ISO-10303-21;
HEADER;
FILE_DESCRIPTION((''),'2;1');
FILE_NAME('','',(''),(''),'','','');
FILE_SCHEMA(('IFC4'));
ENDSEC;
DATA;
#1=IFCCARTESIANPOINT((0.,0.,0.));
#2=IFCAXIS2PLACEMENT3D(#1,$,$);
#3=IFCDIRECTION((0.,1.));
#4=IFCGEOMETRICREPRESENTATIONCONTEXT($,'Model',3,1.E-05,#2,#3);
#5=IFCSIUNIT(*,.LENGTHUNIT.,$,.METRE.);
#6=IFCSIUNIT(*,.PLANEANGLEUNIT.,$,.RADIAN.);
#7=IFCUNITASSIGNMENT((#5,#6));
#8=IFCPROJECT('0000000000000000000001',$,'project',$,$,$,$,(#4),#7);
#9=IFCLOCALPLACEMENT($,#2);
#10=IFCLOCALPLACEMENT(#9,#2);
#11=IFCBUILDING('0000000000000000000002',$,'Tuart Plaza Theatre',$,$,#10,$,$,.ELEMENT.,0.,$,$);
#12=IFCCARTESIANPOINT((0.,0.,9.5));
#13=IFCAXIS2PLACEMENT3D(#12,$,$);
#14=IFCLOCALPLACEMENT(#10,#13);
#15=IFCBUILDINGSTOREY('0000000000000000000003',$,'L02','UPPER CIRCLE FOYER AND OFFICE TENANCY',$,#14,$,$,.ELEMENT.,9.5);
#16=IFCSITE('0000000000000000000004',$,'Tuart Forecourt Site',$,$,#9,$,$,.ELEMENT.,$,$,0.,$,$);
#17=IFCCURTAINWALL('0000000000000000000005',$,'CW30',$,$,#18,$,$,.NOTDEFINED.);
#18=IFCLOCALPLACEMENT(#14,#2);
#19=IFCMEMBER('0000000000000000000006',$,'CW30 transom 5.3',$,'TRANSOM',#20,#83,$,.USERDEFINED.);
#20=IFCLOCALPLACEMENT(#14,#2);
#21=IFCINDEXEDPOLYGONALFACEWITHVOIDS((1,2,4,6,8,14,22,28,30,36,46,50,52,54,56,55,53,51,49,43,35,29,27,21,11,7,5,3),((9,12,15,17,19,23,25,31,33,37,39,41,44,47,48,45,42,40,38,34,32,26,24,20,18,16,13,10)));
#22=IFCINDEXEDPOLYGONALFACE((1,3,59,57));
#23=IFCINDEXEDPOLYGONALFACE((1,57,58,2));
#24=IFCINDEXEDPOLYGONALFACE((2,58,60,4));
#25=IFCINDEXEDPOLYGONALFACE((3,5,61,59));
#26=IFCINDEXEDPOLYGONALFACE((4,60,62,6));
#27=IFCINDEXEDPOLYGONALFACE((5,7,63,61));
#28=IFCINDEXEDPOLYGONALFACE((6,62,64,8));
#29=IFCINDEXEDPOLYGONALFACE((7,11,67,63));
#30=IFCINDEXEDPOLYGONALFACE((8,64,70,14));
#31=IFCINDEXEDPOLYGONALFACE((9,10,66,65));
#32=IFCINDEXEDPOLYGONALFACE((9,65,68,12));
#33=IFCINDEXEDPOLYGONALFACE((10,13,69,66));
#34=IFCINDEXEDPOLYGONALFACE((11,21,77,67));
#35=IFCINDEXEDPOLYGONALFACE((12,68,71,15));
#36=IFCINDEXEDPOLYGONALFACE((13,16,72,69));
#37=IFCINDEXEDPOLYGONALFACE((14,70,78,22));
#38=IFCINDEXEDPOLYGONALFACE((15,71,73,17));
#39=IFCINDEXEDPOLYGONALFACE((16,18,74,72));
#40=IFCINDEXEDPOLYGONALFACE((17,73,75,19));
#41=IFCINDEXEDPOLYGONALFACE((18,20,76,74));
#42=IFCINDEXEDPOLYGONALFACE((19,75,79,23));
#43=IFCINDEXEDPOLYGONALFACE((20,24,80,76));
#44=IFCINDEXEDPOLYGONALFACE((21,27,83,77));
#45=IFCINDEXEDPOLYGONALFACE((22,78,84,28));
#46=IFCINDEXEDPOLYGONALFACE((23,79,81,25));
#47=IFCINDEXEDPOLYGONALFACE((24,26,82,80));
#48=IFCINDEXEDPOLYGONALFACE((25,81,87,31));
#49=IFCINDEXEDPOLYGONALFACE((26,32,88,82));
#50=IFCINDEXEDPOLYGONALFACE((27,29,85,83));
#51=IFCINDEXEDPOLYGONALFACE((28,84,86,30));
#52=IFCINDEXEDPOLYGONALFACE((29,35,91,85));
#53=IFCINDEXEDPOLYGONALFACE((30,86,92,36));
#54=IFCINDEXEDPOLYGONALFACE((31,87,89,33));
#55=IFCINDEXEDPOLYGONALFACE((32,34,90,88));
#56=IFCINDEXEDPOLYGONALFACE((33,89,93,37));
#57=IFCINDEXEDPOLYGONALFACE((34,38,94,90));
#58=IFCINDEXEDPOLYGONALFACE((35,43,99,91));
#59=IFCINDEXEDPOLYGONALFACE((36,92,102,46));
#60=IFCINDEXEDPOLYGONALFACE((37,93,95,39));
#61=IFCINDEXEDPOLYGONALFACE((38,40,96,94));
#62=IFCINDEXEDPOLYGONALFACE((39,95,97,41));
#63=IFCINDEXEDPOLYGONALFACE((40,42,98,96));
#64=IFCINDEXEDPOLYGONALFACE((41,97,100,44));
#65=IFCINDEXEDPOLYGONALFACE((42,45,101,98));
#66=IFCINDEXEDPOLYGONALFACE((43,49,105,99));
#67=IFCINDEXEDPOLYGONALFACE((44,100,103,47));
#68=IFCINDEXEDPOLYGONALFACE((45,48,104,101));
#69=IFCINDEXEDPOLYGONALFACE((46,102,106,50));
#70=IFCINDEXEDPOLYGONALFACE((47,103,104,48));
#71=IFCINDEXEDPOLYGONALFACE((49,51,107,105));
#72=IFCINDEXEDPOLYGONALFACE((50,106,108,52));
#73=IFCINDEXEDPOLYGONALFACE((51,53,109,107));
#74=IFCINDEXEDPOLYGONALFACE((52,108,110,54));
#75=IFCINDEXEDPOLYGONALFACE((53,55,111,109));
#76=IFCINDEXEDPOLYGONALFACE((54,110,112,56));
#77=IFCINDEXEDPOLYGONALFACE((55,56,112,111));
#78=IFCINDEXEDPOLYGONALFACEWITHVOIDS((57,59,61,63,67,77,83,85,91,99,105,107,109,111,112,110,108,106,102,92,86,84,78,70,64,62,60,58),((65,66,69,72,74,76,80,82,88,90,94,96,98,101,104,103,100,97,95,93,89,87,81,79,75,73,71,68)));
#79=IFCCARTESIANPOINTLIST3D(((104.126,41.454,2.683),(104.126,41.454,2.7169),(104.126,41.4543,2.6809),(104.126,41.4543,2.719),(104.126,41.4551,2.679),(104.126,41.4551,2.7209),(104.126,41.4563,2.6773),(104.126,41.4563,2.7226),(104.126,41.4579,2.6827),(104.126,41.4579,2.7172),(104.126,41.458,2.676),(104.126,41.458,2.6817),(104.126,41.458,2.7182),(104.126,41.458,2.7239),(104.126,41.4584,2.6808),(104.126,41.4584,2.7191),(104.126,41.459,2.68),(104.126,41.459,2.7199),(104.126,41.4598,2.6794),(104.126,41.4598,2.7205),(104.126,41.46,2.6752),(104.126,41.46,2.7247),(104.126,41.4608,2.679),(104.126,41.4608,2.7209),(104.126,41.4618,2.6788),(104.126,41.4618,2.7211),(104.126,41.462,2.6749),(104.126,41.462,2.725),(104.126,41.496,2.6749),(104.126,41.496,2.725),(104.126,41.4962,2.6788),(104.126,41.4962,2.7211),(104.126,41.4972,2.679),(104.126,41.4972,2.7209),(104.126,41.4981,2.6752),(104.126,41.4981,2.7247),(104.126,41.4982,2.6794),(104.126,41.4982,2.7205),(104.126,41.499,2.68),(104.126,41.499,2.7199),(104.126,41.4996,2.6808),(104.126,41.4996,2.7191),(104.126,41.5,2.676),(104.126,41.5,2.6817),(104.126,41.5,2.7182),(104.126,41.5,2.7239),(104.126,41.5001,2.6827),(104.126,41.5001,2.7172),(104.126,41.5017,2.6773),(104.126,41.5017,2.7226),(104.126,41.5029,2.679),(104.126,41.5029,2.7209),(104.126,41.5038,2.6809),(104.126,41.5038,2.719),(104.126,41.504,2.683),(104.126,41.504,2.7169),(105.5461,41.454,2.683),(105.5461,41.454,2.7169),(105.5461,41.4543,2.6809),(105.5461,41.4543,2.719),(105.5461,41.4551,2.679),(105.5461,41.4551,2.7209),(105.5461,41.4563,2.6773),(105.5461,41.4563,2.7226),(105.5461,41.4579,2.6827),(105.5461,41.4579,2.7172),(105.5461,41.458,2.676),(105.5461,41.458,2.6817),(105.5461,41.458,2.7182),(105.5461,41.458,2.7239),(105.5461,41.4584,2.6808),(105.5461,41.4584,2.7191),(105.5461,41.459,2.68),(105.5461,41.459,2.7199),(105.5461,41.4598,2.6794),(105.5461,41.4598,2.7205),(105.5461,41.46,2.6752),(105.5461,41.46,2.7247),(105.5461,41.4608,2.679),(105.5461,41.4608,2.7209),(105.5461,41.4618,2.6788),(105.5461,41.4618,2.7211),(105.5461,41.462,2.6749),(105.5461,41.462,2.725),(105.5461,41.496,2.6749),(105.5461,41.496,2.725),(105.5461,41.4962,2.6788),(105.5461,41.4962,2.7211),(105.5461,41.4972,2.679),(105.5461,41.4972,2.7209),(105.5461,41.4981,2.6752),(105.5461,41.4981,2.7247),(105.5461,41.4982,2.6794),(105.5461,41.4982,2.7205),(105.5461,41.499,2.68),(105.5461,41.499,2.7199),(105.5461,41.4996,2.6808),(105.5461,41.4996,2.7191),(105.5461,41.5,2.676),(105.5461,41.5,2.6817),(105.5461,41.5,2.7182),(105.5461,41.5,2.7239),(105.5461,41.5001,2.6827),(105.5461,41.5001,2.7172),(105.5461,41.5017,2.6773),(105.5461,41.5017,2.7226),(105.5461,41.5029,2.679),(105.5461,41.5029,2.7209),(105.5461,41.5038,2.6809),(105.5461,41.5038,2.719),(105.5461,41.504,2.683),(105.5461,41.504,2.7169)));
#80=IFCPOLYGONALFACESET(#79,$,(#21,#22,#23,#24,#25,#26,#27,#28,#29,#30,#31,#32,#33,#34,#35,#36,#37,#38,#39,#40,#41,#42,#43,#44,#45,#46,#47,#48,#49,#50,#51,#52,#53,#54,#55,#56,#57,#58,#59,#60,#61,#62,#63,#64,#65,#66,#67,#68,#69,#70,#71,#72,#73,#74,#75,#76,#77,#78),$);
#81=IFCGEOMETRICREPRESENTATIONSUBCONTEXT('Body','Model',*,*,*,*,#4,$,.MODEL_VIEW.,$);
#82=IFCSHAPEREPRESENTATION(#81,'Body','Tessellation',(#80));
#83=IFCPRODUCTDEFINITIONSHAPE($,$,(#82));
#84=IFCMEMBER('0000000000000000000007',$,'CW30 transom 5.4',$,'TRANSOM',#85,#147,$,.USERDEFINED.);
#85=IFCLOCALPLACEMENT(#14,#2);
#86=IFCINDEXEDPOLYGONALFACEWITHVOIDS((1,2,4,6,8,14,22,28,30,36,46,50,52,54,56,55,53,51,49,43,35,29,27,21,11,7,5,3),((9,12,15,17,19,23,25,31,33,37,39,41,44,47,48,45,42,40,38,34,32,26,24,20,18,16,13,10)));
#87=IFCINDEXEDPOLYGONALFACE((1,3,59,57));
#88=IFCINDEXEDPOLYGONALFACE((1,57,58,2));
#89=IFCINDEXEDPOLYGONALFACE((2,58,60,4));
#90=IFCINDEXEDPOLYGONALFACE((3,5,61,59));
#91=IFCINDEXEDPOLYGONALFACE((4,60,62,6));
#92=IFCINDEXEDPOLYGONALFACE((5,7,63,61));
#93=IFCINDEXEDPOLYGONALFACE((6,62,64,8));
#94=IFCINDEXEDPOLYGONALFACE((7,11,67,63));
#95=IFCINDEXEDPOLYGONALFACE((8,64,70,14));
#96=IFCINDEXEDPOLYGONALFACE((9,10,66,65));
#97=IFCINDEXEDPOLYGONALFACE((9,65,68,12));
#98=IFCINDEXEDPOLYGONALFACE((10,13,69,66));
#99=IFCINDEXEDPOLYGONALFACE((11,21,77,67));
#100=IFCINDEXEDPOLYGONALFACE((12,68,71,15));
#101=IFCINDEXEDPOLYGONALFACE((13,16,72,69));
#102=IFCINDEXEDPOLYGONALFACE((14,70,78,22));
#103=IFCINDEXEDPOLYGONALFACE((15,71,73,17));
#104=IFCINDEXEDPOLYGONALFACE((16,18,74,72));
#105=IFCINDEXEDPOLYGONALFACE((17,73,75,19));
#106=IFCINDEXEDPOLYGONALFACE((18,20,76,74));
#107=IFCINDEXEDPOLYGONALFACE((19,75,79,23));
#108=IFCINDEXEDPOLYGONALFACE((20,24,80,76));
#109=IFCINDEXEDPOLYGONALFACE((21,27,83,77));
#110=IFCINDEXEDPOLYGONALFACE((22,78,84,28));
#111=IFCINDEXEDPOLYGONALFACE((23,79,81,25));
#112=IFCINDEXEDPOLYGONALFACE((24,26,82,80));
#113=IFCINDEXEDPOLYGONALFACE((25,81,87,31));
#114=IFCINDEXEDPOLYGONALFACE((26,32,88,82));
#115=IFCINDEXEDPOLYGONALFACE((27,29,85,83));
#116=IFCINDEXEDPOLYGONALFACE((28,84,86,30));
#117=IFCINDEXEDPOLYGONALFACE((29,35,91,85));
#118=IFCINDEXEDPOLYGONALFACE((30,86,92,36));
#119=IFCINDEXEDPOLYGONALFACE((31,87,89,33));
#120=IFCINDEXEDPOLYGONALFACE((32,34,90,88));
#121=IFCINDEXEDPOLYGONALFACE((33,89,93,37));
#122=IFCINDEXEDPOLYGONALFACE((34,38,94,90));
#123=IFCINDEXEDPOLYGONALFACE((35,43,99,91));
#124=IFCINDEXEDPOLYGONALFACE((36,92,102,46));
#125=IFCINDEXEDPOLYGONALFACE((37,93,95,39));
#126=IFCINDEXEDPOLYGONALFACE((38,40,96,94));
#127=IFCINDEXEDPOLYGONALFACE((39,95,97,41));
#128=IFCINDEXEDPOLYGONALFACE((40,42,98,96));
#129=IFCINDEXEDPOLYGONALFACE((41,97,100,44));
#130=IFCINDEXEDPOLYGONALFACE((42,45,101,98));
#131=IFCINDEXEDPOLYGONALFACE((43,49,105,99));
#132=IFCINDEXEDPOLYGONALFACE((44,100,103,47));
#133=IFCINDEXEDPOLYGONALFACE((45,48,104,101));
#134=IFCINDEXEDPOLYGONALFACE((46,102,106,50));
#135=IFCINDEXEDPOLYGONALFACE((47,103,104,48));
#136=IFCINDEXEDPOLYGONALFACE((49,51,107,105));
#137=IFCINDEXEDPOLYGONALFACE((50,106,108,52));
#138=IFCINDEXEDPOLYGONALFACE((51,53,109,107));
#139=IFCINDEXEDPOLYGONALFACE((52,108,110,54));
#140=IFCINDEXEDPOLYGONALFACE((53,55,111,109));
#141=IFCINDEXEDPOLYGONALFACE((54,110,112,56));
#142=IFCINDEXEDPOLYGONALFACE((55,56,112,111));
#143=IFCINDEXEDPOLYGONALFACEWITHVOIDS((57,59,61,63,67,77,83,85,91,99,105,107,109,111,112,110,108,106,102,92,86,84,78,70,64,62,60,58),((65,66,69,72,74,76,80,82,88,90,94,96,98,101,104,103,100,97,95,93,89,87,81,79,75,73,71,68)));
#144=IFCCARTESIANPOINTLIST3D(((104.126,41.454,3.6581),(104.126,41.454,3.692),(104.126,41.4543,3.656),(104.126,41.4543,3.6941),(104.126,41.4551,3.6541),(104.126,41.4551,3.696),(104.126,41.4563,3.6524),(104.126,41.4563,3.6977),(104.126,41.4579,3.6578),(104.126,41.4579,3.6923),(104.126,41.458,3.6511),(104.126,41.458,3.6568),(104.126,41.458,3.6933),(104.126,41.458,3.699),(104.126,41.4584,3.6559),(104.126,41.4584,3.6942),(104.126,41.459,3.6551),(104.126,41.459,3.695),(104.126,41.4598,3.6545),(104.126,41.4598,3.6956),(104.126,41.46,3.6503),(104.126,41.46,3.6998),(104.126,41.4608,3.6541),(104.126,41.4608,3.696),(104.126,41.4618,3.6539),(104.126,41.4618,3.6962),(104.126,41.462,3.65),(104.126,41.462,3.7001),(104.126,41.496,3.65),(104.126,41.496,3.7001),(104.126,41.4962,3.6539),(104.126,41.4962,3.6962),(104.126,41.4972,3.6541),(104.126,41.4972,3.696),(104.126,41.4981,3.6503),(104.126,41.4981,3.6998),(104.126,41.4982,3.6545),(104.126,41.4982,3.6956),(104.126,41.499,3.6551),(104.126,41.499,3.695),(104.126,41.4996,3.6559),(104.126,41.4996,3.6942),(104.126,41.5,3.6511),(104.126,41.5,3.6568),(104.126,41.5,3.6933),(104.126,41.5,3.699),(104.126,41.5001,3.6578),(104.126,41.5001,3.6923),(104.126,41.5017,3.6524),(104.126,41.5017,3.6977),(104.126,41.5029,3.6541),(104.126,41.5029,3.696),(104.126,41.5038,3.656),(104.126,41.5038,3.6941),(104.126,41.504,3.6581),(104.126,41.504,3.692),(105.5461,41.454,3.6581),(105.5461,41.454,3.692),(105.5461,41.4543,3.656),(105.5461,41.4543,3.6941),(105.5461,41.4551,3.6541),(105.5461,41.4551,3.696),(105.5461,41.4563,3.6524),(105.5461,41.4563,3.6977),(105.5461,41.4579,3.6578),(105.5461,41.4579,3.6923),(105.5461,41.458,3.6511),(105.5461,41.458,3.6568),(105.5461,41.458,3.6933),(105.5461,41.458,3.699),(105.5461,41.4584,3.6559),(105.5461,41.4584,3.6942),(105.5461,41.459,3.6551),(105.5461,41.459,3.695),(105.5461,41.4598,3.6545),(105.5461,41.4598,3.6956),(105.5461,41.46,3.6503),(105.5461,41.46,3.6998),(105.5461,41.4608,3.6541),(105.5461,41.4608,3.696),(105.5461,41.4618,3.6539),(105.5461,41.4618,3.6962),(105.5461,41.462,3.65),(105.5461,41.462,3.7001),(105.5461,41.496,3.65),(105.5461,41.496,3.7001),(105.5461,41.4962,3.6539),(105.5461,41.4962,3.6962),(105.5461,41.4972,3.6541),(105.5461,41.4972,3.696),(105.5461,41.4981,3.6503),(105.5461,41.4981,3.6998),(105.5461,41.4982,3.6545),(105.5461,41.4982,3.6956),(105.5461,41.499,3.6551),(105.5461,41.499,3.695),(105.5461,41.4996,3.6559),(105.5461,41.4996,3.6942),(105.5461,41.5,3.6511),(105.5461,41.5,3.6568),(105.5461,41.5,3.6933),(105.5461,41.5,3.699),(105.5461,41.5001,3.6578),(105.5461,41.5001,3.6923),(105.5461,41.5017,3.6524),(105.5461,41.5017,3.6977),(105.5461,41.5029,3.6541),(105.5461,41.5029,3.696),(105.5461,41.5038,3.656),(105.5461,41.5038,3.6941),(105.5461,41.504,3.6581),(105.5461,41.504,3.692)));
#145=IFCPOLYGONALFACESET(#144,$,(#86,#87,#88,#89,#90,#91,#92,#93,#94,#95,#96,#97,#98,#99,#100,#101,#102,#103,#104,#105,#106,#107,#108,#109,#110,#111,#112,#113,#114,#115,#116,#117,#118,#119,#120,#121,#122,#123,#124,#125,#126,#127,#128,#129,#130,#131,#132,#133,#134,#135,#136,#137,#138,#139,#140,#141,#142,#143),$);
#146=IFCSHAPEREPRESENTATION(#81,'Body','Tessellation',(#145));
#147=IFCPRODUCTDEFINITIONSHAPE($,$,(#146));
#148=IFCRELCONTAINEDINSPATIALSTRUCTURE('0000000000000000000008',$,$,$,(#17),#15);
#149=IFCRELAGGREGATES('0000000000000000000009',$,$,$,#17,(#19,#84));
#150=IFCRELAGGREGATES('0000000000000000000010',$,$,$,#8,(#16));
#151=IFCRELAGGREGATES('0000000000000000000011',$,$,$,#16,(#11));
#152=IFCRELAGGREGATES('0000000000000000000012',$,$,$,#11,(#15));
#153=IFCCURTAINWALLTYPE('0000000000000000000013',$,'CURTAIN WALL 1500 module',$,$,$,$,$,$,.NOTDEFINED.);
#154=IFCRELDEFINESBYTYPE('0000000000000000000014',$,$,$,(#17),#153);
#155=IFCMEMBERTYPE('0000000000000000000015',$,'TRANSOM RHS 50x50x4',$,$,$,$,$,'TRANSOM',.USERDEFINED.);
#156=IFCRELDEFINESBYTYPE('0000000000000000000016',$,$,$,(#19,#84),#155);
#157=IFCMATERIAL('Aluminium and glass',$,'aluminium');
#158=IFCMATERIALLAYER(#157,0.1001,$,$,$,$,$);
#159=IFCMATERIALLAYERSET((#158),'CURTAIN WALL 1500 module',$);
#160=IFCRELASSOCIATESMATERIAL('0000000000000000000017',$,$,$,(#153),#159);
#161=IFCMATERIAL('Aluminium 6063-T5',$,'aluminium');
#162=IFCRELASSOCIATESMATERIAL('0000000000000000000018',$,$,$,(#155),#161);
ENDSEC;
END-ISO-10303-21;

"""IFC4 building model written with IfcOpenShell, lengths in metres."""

from ifc_helpers import new_model, si_unit, direction, frame, origin, origin_2d, place, context, subcontext, project, spatial, hollow_rectangle, extrude, material, layer, layer_set, material_profile, profile_set, type_object, element, aggregate, save


model = new_model("IFC4")

# Units and contexts
model_context = context("Model", 3, precision=1e-05, world=origin(), true_north=direction((0.0, 1.0)))
body_context = subcontext(model_context, "Body", "Model", "MODEL_VIEW")
ifc_project = project(units=[si_unit("LENGTHUNIT", "METRE"), si_unit("PLANEANGLEUNIT", "RADIAN")], contexts=[model_context])

# Site, building, storey
site_placement = place(None, origin())
site = spatial("IfcSite", under=ifc_project, at=site_placement, Name="Tuart Forecourt Site", CompositionType="ELEMENT", RefElevation=0.0)
building_placement = place(site_placement, origin())
building = spatial("IfcBuilding", under=site, at=building_placement, Name="Tuart Plaza Theatre", CompositionType="ELEMENT", ElevationOfRefHeight=0.0)
storey_placement = place(building_placement, frame((0.0, 0.0, 9.5)))
storey = spatial("IfcBuildingStorey", under=building, at=storey_placement, Name="L02", Description="UPPER CIRCLE FOYER AND OFFICE TENANCY", CompositionType="ELEMENT", Elevation=9.5)

# Curtain wall
ifc_material_1 = material(Name="Aluminium and glass", Category="aluminium")
ifc_layer_1 = layer(ifc_material_1, 0.1001)
ifc_layer_set_1 = layer_set([ifc_layer_1], Name="CURTAIN WALL 1500 module")
curtain_wall_type = type_object("IfcCurtainWallType", Name="CURTAIN WALL 1500 module", PredefinedType="NOTDEFINED", material=ifc_layer_set_1)
curtain_wall_1_placement = place(storey_placement, origin())
curtain_wall_1 = element("IfcCurtainWall", 1, at=curtain_wall_1_placement, inside=storey, type_object=curtain_wall_type, Name="CW30", PredefinedType="NOTDEFINED")

# Members
ifc_material_2 = material(Name="Aluminium 6063-T5", Category="aluminium")
ifc_material_profile_1 = material_profile(ifc_material_2, hollow_rectangle(XDim=0.05, YDim=0.05, WallThickness=0.0039, InnerFilletRadius=0.0039, OuterFilletRadius=0.0081, at=origin_2d()), Name="RHS 50x50x4")
ifc_profile_set_1 = profile_set([ifc_material_profile_1], Name="Aluminium 6063-T5")
member_type_1 = type_object("IfcMemberType", Name="TRANSOM RHS 50x50x4", ElementType="TRANSOM", PredefinedType="USERDEFINED", material=ifc_profile_set_1)
member_1_placement = place(storey_placement, frame((104.126, 41.479, 2.7), z_axis=(1.0, 0.0, 0.0), x_axis=(0.0, 1.0, 0.0)))
member_1 = element("IfcMember", 2, at=member_1_placement, type_object=member_type_1, Name="CW30 transom 5.3", ObjectType="TRANSOM", PredefinedType="USERDEFINED", context=body_context, shape_type="SweptSolid", body=[
    extrude(hollow_rectangle(XDim=0.05, YDim=0.05, WallThickness=0.0039, InnerFilletRadius=0.0039, OuterFilletRadius=0.0081, at=origin_2d()), origin(), (0.0, 0.0, 1.0), 1.4202),
])
member_2_placement = place(storey_placement, frame((104.126, 41.479, 3.675), z_axis=(1.0, 0.0, 0.0), x_axis=(0.0, 1.0, 0.0)))
member_2 = element("IfcMember", 3, at=member_2_placement, type_object=member_type_1, Name="CW30 transom 5.4", ObjectType="TRANSOM", PredefinedType="USERDEFINED", context=body_context, shape_type="SweptSolid", body=[
    extrude(hollow_rectangle(XDim=0.05, YDim=0.05, WallThickness=0.0039, InnerFilletRadius=0.0039, OuterFilletRadius=0.0081, at=origin_2d()), origin(), (0.0, 0.0, 1.0), 1.4202),
])

aggregate(curtain_wall_1, [member_1, member_2])

save(model, "model.ifc")
